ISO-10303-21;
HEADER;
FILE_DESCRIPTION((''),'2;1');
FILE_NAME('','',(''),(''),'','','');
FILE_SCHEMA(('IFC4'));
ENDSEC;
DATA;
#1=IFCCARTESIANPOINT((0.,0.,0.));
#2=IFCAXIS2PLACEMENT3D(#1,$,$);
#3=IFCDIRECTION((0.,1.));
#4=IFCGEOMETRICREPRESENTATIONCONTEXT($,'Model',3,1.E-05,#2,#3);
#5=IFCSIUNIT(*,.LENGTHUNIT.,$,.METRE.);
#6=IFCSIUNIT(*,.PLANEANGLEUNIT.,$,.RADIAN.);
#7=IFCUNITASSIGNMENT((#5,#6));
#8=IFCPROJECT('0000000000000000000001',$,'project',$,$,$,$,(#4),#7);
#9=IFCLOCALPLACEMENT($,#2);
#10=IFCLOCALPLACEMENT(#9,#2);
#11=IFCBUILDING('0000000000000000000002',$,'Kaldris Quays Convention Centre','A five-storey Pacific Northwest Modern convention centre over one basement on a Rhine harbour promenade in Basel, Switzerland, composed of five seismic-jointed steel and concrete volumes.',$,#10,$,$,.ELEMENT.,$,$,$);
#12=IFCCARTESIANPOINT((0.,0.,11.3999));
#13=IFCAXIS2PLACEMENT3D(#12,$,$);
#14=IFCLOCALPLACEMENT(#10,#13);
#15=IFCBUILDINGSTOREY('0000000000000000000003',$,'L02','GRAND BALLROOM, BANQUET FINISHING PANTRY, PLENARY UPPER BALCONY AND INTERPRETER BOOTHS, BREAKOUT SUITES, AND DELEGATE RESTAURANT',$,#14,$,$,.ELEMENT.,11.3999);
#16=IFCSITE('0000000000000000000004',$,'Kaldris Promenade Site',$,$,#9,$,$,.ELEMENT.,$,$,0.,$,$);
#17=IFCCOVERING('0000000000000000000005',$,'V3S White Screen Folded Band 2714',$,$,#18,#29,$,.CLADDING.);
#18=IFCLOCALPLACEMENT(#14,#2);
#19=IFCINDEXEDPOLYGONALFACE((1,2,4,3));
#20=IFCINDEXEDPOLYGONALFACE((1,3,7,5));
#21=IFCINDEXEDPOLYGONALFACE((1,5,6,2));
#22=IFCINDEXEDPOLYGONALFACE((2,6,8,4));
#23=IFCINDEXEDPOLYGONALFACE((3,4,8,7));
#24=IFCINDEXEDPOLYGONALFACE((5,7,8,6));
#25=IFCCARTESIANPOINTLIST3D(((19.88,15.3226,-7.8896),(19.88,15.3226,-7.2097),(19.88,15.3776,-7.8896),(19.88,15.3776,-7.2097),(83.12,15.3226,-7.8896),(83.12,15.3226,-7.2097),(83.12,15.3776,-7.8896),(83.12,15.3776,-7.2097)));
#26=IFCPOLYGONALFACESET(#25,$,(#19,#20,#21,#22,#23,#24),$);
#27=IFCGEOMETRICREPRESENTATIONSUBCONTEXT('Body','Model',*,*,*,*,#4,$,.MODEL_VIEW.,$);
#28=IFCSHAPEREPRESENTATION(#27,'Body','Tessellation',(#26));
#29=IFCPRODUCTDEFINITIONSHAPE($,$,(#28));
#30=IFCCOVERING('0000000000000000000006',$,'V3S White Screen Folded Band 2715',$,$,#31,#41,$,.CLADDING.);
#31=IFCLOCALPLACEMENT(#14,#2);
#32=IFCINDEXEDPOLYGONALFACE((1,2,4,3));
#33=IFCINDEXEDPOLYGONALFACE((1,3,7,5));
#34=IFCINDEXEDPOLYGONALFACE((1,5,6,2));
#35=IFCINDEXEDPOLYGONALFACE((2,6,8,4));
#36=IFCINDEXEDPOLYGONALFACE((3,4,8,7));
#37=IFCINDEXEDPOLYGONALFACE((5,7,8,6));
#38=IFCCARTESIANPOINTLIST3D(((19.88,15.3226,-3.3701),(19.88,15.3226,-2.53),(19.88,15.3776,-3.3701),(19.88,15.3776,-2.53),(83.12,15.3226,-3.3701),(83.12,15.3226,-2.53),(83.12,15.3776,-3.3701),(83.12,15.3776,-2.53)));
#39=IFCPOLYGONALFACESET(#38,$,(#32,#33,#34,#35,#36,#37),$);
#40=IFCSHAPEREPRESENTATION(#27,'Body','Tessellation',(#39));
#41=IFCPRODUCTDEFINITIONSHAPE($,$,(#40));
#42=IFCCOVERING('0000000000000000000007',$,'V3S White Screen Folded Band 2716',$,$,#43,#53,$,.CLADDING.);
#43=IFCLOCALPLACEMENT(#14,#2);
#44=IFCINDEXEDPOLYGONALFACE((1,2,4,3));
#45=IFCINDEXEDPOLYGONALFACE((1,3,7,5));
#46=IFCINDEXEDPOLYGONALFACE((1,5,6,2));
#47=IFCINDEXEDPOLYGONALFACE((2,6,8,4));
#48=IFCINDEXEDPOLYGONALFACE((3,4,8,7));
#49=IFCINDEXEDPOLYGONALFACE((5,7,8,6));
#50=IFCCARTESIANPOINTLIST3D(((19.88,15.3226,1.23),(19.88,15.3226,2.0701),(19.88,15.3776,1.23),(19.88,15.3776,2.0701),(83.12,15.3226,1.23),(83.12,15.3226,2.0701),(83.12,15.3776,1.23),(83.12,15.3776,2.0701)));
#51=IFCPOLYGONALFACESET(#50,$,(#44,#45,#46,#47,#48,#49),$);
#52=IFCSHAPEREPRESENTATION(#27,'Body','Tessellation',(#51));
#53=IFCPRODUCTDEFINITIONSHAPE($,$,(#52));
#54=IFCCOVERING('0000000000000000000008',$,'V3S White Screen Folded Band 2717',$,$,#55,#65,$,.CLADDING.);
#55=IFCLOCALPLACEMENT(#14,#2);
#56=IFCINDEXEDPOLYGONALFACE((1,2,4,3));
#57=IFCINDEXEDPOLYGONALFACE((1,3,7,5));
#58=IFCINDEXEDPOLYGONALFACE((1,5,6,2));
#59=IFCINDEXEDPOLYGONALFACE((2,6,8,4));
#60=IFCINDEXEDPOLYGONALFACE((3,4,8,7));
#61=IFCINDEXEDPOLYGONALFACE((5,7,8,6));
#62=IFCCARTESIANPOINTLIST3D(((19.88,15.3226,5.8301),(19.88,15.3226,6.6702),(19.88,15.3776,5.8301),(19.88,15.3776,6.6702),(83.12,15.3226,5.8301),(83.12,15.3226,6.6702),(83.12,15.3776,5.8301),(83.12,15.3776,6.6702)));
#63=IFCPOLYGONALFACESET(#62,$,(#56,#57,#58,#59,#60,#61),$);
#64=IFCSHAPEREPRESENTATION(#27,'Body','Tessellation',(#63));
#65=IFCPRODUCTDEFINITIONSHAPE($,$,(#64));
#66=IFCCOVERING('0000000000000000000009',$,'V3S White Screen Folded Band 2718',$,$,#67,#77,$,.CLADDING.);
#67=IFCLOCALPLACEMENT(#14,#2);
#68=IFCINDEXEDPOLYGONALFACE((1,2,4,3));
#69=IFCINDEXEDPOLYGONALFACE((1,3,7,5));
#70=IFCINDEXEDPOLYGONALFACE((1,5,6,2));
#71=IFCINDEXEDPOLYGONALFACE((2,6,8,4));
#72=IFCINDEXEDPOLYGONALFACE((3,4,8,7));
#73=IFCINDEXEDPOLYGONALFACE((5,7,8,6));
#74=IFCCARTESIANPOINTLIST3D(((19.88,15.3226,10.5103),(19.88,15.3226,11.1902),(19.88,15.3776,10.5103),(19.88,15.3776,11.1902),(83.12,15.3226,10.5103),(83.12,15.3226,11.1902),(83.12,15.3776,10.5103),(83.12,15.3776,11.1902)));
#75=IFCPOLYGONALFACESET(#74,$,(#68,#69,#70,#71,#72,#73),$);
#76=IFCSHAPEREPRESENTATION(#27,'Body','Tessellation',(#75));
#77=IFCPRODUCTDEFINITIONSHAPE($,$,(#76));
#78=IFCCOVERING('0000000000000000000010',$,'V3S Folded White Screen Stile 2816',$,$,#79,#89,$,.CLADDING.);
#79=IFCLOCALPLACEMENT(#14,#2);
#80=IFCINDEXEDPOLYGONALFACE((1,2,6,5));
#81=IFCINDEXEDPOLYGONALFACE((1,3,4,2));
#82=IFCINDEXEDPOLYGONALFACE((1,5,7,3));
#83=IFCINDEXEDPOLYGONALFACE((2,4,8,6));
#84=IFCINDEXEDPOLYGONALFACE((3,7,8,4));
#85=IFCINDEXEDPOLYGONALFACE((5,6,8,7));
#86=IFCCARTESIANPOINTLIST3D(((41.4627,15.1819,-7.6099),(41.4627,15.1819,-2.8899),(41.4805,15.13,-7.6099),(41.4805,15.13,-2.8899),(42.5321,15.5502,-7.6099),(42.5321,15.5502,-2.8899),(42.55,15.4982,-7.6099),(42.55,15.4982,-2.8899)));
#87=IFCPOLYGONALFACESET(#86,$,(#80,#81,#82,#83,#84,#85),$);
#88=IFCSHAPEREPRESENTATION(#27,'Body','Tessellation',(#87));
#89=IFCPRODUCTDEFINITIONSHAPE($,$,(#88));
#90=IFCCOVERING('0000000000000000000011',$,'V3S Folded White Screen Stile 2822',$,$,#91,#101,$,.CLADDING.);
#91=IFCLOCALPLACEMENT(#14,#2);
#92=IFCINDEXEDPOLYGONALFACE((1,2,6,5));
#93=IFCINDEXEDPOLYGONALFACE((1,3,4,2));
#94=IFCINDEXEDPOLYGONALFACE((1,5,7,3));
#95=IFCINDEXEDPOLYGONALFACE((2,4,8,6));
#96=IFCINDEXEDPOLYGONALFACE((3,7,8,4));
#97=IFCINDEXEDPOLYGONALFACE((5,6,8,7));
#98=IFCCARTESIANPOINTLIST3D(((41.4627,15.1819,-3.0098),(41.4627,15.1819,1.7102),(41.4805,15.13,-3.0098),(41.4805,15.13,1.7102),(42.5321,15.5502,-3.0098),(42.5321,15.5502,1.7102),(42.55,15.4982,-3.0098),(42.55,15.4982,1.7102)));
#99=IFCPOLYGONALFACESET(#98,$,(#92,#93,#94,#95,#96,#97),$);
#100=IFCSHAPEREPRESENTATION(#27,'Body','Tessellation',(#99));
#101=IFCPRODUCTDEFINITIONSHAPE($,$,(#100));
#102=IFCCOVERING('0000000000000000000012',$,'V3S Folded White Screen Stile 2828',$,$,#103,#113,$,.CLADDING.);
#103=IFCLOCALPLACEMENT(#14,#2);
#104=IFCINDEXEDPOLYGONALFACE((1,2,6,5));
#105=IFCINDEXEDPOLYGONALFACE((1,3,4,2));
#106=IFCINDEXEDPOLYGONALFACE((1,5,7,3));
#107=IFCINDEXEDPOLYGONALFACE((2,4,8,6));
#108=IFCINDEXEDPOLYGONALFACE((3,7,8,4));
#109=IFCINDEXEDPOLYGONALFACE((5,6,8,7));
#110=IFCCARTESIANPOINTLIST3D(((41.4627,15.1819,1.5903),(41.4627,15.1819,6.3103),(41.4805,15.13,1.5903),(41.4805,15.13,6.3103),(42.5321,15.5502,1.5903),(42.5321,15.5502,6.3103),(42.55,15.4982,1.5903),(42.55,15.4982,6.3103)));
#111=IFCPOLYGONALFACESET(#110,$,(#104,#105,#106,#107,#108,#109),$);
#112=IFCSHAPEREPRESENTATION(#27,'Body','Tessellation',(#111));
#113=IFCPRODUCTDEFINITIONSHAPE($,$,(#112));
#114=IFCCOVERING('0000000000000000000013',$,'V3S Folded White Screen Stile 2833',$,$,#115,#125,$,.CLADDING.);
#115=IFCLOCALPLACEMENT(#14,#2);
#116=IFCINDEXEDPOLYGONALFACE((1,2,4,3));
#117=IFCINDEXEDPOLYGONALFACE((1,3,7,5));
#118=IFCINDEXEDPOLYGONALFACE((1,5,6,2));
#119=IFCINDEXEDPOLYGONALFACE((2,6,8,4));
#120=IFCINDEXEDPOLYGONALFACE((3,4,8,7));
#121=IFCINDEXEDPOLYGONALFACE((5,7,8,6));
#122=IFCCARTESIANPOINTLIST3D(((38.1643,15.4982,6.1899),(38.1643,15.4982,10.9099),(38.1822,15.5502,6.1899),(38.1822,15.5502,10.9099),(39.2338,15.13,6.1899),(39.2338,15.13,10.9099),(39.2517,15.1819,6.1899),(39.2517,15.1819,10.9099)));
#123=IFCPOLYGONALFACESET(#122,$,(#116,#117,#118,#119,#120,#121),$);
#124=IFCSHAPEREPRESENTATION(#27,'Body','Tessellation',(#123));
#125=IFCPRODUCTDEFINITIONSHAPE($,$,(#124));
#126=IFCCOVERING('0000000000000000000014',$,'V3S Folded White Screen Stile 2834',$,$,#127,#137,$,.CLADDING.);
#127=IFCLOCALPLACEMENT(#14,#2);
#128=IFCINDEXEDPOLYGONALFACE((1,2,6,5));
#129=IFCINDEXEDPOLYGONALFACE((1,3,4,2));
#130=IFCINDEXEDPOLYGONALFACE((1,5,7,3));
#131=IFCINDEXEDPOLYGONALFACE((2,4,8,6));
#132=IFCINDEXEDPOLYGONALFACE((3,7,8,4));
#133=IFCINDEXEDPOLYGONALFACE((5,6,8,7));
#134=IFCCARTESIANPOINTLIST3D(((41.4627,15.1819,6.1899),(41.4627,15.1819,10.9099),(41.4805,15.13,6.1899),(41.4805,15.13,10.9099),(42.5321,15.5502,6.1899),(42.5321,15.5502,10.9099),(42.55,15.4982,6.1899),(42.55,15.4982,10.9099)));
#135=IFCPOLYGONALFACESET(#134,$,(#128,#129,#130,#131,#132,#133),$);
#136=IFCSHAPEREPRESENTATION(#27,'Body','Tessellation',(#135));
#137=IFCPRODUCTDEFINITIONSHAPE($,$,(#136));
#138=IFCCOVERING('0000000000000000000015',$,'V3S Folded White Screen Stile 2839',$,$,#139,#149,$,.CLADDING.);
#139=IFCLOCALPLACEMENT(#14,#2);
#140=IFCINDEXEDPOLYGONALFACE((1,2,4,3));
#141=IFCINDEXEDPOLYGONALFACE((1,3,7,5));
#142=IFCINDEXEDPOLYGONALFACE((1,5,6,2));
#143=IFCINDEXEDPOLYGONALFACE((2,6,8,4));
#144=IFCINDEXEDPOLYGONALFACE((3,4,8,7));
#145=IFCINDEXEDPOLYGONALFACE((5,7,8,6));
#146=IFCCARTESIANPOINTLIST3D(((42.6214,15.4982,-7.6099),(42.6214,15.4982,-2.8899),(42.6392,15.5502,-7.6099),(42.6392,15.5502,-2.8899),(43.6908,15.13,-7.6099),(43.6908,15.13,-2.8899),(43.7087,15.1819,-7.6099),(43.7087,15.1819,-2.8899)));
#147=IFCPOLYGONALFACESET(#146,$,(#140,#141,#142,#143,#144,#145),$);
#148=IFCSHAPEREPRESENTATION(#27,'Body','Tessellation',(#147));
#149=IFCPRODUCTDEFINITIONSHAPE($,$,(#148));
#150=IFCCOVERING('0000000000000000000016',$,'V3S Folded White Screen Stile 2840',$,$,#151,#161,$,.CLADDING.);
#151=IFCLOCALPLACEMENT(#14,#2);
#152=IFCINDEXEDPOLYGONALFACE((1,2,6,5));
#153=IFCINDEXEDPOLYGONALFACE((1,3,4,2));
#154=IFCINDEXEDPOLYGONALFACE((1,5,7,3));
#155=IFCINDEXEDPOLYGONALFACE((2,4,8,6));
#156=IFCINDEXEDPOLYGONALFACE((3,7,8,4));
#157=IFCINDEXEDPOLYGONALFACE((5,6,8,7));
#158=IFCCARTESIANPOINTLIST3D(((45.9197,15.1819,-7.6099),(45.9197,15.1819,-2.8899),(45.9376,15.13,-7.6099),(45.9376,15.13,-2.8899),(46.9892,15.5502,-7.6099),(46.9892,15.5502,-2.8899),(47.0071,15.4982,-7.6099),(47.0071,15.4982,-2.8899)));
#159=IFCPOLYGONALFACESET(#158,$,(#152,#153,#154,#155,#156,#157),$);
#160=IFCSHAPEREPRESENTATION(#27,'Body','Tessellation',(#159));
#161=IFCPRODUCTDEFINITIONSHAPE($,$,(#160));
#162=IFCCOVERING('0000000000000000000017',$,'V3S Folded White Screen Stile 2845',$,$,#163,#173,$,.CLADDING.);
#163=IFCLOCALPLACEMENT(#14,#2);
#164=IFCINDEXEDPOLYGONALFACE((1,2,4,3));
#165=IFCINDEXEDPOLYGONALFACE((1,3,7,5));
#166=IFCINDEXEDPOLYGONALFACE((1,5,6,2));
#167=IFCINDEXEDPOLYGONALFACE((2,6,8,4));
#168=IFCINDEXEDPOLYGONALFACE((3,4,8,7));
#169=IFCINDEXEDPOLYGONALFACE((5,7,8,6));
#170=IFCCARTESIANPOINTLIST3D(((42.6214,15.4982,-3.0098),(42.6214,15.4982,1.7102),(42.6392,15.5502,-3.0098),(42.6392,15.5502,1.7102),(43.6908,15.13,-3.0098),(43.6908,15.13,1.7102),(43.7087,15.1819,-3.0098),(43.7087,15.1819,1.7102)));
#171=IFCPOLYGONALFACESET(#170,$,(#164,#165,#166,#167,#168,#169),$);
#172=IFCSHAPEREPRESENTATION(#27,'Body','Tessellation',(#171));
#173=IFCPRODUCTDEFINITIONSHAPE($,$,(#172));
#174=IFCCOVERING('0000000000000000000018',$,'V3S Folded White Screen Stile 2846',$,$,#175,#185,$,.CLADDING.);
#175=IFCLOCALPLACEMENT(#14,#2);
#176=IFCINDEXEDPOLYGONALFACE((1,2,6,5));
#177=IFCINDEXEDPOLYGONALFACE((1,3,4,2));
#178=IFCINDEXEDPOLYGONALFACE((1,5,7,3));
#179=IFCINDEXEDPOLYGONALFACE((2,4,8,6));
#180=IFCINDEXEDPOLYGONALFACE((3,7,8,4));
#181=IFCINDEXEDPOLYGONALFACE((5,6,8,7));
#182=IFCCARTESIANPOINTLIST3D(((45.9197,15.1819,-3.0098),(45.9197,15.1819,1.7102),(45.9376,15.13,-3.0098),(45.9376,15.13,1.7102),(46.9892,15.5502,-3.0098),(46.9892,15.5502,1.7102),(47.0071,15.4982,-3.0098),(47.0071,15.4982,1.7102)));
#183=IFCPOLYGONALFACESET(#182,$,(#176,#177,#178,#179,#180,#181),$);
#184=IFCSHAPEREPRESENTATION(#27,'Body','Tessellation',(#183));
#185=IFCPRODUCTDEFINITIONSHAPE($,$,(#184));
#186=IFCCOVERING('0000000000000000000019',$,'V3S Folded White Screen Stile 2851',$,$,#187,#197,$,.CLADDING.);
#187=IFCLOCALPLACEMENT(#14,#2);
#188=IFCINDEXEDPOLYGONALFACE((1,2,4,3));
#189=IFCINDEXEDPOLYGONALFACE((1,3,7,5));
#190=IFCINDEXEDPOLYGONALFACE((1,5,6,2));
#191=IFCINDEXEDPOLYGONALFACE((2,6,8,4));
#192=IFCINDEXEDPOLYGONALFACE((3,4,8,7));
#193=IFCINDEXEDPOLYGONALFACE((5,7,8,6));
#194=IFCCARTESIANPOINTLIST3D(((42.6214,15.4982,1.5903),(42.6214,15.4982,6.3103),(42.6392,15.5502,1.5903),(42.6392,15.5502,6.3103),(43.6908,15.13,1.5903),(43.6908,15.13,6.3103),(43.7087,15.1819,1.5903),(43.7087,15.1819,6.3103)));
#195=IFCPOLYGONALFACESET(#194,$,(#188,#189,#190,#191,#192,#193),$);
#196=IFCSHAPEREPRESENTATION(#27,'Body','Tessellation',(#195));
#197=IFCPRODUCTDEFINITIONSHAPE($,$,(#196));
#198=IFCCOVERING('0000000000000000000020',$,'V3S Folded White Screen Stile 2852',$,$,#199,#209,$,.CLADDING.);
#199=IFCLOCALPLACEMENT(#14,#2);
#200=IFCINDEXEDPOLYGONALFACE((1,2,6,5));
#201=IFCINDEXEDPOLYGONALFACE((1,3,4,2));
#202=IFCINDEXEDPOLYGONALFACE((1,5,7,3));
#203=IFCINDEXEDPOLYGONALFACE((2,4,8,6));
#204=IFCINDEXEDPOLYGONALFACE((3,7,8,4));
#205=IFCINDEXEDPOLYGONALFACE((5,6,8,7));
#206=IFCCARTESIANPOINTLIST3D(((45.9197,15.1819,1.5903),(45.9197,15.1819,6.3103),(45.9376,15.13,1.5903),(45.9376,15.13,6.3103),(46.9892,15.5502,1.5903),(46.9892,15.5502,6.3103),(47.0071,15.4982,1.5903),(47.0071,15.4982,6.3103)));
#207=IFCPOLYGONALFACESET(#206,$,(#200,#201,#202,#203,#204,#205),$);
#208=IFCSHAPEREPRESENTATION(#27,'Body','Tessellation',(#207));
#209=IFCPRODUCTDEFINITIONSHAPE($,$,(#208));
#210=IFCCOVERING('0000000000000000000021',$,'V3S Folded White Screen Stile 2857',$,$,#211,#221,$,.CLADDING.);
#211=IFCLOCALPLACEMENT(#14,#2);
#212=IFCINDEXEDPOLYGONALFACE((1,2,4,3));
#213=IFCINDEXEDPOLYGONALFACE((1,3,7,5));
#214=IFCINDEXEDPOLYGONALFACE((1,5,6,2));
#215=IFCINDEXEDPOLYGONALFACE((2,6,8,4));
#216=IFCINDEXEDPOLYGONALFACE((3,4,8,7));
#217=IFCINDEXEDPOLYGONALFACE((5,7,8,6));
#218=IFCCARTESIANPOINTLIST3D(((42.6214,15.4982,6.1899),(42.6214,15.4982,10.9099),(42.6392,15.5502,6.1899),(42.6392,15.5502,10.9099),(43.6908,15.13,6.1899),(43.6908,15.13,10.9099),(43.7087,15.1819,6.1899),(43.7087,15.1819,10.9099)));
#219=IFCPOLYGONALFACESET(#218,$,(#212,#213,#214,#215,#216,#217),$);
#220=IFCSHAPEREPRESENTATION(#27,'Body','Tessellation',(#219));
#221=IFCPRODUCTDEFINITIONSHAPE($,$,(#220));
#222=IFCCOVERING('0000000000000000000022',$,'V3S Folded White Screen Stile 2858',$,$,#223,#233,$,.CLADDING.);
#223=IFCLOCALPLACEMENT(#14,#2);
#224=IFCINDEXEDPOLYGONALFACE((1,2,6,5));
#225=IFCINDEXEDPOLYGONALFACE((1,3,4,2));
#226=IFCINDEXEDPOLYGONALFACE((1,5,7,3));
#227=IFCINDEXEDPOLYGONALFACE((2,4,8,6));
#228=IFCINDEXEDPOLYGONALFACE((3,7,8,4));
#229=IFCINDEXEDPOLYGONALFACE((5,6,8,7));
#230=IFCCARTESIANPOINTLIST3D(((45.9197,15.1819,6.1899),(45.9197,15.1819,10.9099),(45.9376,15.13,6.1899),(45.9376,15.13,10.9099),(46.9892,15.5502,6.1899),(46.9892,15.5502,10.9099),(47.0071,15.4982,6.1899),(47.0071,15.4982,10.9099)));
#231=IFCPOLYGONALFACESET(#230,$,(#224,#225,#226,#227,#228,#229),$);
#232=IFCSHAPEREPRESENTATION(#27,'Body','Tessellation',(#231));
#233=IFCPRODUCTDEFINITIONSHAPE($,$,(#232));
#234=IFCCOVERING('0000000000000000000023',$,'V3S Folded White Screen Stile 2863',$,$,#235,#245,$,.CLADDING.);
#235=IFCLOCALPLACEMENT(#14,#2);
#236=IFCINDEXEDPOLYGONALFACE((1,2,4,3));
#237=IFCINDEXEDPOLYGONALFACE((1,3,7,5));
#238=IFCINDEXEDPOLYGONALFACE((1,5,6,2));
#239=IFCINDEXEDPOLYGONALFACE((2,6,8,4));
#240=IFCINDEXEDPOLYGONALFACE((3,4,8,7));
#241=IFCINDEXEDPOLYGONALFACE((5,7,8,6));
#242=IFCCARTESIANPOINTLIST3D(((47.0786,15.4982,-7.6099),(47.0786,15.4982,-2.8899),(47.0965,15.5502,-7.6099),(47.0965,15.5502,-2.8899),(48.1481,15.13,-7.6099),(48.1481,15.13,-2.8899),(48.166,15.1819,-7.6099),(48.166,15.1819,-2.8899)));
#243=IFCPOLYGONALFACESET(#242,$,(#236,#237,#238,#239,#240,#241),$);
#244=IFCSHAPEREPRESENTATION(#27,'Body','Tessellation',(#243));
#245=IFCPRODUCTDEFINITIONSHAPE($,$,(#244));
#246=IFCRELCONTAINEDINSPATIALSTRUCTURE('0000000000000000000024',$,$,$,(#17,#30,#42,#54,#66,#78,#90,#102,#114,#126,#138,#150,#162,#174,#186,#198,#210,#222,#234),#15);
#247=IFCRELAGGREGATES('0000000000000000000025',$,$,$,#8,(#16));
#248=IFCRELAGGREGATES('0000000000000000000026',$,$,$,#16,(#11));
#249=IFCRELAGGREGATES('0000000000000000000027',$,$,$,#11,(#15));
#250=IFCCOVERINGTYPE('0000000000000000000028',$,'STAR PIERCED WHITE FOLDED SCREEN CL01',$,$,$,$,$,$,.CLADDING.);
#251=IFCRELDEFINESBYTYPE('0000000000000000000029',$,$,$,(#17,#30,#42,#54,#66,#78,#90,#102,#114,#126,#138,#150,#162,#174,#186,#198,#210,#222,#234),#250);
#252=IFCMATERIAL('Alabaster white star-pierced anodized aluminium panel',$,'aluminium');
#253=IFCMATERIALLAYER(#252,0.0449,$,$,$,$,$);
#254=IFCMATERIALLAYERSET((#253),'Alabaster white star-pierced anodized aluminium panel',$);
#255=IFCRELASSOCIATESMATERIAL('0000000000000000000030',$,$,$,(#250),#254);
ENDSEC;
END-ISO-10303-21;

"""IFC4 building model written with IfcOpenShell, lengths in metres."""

from ifc_helpers import new_model, si_unit, direction, frame, origin, origin_2d, place, context, subcontext, project, spatial, rectangle, extrude, material, layer, layer_set, type_object, element, save


model = new_model("IFC4")

# Units and contexts
model_context = context("Model", 3, precision=1e-05, world=origin(), true_north=direction((0.0, 1.0)))
body_context = subcontext(model_context, "Body", "Model", "MODEL_VIEW")
ifc_project = project(units=[si_unit("LENGTHUNIT", "METRE"), si_unit("PLANEANGLEUNIT", "RADIAN")], contexts=[model_context])

# Site, building, storey
site_placement = place(None, origin())
site = spatial("IfcSite", under=ifc_project, at=site_placement, Name="Kaldris Promenade Site", CompositionType="ELEMENT", RefElevation=0.0)
building_placement = place(site_placement, origin())
building = spatial("IfcBuilding", under=site, at=building_placement, Name="Kaldris Quays Convention Centre", Description="A five-storey Pacific Northwest Modern convention centre over one basement on a Rhine harbour promenade in Basel, Switzerland, composed of five seismic-jointed steel and concrete volumes.", CompositionType="ELEMENT")
storey_placement = place(building_placement, frame((0.0, 0.0, 11.3999)))
storey = spatial("IfcBuildingStorey", under=building, at=storey_placement, Name="L02", Description="GRAND BALLROOM, BANQUET FINISHING PANTRY, PLENARY UPPER BALCONY AND INTERPRETER BOOTHS, BREAKOUT SUITES, AND DELEGATE RESTAURANT", CompositionType="ELEMENT", Elevation=11.3999)

# Coverings
ifc_material = material(Name="Alabaster white star-pierced anodized aluminium panel", Category="aluminium")
ifc_layer = layer(ifc_material, 0.0449)
ifc_layer_set = layer_set([ifc_layer], Name="Alabaster white star-pierced anodized aluminium panel")
covering_type = type_object("IfcCoveringType", Name="STAR PIERCED WHITE FOLDED SCREEN CL01", PredefinedType="CLADDING", material=ifc_layer_set)
covering_1_placement = place(storey_placement, frame((51.5, 15.3501, -7.8896), z_axis=(0.0, 0.0, 1.0), x_axis=(1.0, 0.0, 0.0)))
element("IfcCovering", 1, at=covering_1_placement, inside=storey, type_object=covering_type, Name="V3S White Screen Folded Band 2714", PredefinedType="CLADDING", context=body_context, shape_type="SweptSolid", body=[
    extrude(rectangle(XDim=63.24, YDim=0.0549, at=origin_2d()), origin(), (0.0, 0.0, 1.0), 0.6799),
])
for number, where, z_axis, x_axis, name in (
    (2, (51.5, 15.3501, -3.3701), (0.0, 0.0, 1.0), (1.0, 0.0, 0.0), "V3S White Screen Folded Band 2715"),
    (3, (51.5, 15.3501, 1.23), (0.0, 0.0, 1.0), (1.0, 0.0, 0.0), "V3S White Screen Folded Band 2716"),
    (4, (51.5, 15.3501, 5.8301), (0.0, 0.0, 1.0), (1.0, 0.0, 0.0), "V3S White Screen Folded Band 2717"),
):
    element("IfcCovering", number, at=place(storey_placement, frame(where, z_axis=z_axis, x_axis=x_axis)), inside=storey, type_object=covering_type, Name=name, PredefinedType="CLADDING", context=body_context, shape_type="SweptSolid", body=[
        extrude(rectangle(XDim=63.24, YDim=0.0549, at=origin_2d()), origin(), (0.0, 0.0, 1.0), 0.8401),
    ])
covering_2_placement = place(storey_placement, frame((51.5, 15.3501, 10.5103), z_axis=(0.0, 0.0, 1.0), x_axis=(1.0, 0.0, 0.0)))
element("IfcCovering", 5, at=covering_2_placement, inside=storey, type_object=covering_type, Name="V3S White Screen Folded Band 2718", PredefinedType="CLADDING", context=body_context, shape_type="SweptSolid", body=[
    extrude(rectangle(XDim=63.24, YDim=0.0549, at=origin_2d()), origin(), (0.0, 0.0, 1.0), 0.6799),
])
for number, where, z_axis, x_axis, name in (
    (6, (42.0063, 15.3401, -7.6099), (0.0, 0.0, 1.0), (0.945519, 0.325568, 0.0), "V3S Folded White Screen Stile 2816"),
    (7, (42.0063, 15.3401, -3.0098), (0.0, 0.0, 1.0), (0.945519, 0.325568, 0.0), "V3S Folded White Screen Stile 2822"),
    (8, (42.0063, 15.3401, 1.5903), (0.0, 0.0, 1.0), (0.945519, 0.325568, 0.0), "V3S Folded White Screen Stile 2828"),
    (9, (38.708, 15.3401, 6.1899), (0.0, 0.0, 1.0), (0.945519, -0.325568, 0.0), "V3S Folded White Screen Stile 2833"),
    (10, (42.0063, 15.3401, 6.1899), (0.0, 0.0, 1.0), (0.945519, 0.325568, 0.0), "V3S Folded White Screen Stile 2834"),
    (11, (43.165, 15.3401, -7.6099), (0.0, 0.0, 1.0), (0.945519, -0.325568, 0.0), "V3S Folded White Screen Stile 2839"),
    (12, (46.4634, 15.3401, -7.6099), (0.0, 0.0, 1.0), (0.945519, 0.325568, 0.0), "V3S Folded White Screen Stile 2840"),
    (13, (43.165, 15.3401, -3.0098), (0.0, 0.0, 1.0), (0.945519, -0.325568, 0.0), "V3S Folded White Screen Stile 2845"),
    (14, (46.4634, 15.3401, -3.0098), (0.0, 0.0, 1.0), (0.945519, 0.325568, 0.0), "V3S Folded White Screen Stile 2846"),
    (15, (43.165, 15.3401, 1.5903), (0.0, 0.0, 1.0), (0.945519, -0.325568, 0.0), "V3S Folded White Screen Stile 2851"),
    (16, (46.4634, 15.3401, 1.5903), (0.0, 0.0, 1.0), (0.945519, 0.325568, 0.0), "V3S Folded White Screen Stile 2852"),
    (17, (43.165, 15.3401, 6.1899), (0.0, 0.0, 1.0), (0.945519, -0.325568, 0.0), "V3S Folded White Screen Stile 2857"),
    (18, (46.4634, 15.3401, 6.1899), (0.0, 0.0, 1.0), (0.945519, 0.325568, 0.0), "V3S Folded White Screen Stile 2858"),
    (19, (47.6223, 15.3401, -7.6099), (0.0, 0.0, 1.0), (0.945519, -0.325568, 0.0), "V3S Folded White Screen Stile 2863"),
):
    element("IfcCovering", number, at=place(storey_placement, frame(where, z_axis=z_axis, x_axis=x_axis)), inside=storey, type_object=covering_type, Name=name, PredefinedType="CLADDING", context=body_context, shape_type="SweptSolid", body=[
        extrude(rectangle(XDim=1.1311, YDim=0.0549, at=origin_2d()), origin(), (0.0, 0.0, 1.0), 4.72),
    ])

save(model, "model.ifc")
